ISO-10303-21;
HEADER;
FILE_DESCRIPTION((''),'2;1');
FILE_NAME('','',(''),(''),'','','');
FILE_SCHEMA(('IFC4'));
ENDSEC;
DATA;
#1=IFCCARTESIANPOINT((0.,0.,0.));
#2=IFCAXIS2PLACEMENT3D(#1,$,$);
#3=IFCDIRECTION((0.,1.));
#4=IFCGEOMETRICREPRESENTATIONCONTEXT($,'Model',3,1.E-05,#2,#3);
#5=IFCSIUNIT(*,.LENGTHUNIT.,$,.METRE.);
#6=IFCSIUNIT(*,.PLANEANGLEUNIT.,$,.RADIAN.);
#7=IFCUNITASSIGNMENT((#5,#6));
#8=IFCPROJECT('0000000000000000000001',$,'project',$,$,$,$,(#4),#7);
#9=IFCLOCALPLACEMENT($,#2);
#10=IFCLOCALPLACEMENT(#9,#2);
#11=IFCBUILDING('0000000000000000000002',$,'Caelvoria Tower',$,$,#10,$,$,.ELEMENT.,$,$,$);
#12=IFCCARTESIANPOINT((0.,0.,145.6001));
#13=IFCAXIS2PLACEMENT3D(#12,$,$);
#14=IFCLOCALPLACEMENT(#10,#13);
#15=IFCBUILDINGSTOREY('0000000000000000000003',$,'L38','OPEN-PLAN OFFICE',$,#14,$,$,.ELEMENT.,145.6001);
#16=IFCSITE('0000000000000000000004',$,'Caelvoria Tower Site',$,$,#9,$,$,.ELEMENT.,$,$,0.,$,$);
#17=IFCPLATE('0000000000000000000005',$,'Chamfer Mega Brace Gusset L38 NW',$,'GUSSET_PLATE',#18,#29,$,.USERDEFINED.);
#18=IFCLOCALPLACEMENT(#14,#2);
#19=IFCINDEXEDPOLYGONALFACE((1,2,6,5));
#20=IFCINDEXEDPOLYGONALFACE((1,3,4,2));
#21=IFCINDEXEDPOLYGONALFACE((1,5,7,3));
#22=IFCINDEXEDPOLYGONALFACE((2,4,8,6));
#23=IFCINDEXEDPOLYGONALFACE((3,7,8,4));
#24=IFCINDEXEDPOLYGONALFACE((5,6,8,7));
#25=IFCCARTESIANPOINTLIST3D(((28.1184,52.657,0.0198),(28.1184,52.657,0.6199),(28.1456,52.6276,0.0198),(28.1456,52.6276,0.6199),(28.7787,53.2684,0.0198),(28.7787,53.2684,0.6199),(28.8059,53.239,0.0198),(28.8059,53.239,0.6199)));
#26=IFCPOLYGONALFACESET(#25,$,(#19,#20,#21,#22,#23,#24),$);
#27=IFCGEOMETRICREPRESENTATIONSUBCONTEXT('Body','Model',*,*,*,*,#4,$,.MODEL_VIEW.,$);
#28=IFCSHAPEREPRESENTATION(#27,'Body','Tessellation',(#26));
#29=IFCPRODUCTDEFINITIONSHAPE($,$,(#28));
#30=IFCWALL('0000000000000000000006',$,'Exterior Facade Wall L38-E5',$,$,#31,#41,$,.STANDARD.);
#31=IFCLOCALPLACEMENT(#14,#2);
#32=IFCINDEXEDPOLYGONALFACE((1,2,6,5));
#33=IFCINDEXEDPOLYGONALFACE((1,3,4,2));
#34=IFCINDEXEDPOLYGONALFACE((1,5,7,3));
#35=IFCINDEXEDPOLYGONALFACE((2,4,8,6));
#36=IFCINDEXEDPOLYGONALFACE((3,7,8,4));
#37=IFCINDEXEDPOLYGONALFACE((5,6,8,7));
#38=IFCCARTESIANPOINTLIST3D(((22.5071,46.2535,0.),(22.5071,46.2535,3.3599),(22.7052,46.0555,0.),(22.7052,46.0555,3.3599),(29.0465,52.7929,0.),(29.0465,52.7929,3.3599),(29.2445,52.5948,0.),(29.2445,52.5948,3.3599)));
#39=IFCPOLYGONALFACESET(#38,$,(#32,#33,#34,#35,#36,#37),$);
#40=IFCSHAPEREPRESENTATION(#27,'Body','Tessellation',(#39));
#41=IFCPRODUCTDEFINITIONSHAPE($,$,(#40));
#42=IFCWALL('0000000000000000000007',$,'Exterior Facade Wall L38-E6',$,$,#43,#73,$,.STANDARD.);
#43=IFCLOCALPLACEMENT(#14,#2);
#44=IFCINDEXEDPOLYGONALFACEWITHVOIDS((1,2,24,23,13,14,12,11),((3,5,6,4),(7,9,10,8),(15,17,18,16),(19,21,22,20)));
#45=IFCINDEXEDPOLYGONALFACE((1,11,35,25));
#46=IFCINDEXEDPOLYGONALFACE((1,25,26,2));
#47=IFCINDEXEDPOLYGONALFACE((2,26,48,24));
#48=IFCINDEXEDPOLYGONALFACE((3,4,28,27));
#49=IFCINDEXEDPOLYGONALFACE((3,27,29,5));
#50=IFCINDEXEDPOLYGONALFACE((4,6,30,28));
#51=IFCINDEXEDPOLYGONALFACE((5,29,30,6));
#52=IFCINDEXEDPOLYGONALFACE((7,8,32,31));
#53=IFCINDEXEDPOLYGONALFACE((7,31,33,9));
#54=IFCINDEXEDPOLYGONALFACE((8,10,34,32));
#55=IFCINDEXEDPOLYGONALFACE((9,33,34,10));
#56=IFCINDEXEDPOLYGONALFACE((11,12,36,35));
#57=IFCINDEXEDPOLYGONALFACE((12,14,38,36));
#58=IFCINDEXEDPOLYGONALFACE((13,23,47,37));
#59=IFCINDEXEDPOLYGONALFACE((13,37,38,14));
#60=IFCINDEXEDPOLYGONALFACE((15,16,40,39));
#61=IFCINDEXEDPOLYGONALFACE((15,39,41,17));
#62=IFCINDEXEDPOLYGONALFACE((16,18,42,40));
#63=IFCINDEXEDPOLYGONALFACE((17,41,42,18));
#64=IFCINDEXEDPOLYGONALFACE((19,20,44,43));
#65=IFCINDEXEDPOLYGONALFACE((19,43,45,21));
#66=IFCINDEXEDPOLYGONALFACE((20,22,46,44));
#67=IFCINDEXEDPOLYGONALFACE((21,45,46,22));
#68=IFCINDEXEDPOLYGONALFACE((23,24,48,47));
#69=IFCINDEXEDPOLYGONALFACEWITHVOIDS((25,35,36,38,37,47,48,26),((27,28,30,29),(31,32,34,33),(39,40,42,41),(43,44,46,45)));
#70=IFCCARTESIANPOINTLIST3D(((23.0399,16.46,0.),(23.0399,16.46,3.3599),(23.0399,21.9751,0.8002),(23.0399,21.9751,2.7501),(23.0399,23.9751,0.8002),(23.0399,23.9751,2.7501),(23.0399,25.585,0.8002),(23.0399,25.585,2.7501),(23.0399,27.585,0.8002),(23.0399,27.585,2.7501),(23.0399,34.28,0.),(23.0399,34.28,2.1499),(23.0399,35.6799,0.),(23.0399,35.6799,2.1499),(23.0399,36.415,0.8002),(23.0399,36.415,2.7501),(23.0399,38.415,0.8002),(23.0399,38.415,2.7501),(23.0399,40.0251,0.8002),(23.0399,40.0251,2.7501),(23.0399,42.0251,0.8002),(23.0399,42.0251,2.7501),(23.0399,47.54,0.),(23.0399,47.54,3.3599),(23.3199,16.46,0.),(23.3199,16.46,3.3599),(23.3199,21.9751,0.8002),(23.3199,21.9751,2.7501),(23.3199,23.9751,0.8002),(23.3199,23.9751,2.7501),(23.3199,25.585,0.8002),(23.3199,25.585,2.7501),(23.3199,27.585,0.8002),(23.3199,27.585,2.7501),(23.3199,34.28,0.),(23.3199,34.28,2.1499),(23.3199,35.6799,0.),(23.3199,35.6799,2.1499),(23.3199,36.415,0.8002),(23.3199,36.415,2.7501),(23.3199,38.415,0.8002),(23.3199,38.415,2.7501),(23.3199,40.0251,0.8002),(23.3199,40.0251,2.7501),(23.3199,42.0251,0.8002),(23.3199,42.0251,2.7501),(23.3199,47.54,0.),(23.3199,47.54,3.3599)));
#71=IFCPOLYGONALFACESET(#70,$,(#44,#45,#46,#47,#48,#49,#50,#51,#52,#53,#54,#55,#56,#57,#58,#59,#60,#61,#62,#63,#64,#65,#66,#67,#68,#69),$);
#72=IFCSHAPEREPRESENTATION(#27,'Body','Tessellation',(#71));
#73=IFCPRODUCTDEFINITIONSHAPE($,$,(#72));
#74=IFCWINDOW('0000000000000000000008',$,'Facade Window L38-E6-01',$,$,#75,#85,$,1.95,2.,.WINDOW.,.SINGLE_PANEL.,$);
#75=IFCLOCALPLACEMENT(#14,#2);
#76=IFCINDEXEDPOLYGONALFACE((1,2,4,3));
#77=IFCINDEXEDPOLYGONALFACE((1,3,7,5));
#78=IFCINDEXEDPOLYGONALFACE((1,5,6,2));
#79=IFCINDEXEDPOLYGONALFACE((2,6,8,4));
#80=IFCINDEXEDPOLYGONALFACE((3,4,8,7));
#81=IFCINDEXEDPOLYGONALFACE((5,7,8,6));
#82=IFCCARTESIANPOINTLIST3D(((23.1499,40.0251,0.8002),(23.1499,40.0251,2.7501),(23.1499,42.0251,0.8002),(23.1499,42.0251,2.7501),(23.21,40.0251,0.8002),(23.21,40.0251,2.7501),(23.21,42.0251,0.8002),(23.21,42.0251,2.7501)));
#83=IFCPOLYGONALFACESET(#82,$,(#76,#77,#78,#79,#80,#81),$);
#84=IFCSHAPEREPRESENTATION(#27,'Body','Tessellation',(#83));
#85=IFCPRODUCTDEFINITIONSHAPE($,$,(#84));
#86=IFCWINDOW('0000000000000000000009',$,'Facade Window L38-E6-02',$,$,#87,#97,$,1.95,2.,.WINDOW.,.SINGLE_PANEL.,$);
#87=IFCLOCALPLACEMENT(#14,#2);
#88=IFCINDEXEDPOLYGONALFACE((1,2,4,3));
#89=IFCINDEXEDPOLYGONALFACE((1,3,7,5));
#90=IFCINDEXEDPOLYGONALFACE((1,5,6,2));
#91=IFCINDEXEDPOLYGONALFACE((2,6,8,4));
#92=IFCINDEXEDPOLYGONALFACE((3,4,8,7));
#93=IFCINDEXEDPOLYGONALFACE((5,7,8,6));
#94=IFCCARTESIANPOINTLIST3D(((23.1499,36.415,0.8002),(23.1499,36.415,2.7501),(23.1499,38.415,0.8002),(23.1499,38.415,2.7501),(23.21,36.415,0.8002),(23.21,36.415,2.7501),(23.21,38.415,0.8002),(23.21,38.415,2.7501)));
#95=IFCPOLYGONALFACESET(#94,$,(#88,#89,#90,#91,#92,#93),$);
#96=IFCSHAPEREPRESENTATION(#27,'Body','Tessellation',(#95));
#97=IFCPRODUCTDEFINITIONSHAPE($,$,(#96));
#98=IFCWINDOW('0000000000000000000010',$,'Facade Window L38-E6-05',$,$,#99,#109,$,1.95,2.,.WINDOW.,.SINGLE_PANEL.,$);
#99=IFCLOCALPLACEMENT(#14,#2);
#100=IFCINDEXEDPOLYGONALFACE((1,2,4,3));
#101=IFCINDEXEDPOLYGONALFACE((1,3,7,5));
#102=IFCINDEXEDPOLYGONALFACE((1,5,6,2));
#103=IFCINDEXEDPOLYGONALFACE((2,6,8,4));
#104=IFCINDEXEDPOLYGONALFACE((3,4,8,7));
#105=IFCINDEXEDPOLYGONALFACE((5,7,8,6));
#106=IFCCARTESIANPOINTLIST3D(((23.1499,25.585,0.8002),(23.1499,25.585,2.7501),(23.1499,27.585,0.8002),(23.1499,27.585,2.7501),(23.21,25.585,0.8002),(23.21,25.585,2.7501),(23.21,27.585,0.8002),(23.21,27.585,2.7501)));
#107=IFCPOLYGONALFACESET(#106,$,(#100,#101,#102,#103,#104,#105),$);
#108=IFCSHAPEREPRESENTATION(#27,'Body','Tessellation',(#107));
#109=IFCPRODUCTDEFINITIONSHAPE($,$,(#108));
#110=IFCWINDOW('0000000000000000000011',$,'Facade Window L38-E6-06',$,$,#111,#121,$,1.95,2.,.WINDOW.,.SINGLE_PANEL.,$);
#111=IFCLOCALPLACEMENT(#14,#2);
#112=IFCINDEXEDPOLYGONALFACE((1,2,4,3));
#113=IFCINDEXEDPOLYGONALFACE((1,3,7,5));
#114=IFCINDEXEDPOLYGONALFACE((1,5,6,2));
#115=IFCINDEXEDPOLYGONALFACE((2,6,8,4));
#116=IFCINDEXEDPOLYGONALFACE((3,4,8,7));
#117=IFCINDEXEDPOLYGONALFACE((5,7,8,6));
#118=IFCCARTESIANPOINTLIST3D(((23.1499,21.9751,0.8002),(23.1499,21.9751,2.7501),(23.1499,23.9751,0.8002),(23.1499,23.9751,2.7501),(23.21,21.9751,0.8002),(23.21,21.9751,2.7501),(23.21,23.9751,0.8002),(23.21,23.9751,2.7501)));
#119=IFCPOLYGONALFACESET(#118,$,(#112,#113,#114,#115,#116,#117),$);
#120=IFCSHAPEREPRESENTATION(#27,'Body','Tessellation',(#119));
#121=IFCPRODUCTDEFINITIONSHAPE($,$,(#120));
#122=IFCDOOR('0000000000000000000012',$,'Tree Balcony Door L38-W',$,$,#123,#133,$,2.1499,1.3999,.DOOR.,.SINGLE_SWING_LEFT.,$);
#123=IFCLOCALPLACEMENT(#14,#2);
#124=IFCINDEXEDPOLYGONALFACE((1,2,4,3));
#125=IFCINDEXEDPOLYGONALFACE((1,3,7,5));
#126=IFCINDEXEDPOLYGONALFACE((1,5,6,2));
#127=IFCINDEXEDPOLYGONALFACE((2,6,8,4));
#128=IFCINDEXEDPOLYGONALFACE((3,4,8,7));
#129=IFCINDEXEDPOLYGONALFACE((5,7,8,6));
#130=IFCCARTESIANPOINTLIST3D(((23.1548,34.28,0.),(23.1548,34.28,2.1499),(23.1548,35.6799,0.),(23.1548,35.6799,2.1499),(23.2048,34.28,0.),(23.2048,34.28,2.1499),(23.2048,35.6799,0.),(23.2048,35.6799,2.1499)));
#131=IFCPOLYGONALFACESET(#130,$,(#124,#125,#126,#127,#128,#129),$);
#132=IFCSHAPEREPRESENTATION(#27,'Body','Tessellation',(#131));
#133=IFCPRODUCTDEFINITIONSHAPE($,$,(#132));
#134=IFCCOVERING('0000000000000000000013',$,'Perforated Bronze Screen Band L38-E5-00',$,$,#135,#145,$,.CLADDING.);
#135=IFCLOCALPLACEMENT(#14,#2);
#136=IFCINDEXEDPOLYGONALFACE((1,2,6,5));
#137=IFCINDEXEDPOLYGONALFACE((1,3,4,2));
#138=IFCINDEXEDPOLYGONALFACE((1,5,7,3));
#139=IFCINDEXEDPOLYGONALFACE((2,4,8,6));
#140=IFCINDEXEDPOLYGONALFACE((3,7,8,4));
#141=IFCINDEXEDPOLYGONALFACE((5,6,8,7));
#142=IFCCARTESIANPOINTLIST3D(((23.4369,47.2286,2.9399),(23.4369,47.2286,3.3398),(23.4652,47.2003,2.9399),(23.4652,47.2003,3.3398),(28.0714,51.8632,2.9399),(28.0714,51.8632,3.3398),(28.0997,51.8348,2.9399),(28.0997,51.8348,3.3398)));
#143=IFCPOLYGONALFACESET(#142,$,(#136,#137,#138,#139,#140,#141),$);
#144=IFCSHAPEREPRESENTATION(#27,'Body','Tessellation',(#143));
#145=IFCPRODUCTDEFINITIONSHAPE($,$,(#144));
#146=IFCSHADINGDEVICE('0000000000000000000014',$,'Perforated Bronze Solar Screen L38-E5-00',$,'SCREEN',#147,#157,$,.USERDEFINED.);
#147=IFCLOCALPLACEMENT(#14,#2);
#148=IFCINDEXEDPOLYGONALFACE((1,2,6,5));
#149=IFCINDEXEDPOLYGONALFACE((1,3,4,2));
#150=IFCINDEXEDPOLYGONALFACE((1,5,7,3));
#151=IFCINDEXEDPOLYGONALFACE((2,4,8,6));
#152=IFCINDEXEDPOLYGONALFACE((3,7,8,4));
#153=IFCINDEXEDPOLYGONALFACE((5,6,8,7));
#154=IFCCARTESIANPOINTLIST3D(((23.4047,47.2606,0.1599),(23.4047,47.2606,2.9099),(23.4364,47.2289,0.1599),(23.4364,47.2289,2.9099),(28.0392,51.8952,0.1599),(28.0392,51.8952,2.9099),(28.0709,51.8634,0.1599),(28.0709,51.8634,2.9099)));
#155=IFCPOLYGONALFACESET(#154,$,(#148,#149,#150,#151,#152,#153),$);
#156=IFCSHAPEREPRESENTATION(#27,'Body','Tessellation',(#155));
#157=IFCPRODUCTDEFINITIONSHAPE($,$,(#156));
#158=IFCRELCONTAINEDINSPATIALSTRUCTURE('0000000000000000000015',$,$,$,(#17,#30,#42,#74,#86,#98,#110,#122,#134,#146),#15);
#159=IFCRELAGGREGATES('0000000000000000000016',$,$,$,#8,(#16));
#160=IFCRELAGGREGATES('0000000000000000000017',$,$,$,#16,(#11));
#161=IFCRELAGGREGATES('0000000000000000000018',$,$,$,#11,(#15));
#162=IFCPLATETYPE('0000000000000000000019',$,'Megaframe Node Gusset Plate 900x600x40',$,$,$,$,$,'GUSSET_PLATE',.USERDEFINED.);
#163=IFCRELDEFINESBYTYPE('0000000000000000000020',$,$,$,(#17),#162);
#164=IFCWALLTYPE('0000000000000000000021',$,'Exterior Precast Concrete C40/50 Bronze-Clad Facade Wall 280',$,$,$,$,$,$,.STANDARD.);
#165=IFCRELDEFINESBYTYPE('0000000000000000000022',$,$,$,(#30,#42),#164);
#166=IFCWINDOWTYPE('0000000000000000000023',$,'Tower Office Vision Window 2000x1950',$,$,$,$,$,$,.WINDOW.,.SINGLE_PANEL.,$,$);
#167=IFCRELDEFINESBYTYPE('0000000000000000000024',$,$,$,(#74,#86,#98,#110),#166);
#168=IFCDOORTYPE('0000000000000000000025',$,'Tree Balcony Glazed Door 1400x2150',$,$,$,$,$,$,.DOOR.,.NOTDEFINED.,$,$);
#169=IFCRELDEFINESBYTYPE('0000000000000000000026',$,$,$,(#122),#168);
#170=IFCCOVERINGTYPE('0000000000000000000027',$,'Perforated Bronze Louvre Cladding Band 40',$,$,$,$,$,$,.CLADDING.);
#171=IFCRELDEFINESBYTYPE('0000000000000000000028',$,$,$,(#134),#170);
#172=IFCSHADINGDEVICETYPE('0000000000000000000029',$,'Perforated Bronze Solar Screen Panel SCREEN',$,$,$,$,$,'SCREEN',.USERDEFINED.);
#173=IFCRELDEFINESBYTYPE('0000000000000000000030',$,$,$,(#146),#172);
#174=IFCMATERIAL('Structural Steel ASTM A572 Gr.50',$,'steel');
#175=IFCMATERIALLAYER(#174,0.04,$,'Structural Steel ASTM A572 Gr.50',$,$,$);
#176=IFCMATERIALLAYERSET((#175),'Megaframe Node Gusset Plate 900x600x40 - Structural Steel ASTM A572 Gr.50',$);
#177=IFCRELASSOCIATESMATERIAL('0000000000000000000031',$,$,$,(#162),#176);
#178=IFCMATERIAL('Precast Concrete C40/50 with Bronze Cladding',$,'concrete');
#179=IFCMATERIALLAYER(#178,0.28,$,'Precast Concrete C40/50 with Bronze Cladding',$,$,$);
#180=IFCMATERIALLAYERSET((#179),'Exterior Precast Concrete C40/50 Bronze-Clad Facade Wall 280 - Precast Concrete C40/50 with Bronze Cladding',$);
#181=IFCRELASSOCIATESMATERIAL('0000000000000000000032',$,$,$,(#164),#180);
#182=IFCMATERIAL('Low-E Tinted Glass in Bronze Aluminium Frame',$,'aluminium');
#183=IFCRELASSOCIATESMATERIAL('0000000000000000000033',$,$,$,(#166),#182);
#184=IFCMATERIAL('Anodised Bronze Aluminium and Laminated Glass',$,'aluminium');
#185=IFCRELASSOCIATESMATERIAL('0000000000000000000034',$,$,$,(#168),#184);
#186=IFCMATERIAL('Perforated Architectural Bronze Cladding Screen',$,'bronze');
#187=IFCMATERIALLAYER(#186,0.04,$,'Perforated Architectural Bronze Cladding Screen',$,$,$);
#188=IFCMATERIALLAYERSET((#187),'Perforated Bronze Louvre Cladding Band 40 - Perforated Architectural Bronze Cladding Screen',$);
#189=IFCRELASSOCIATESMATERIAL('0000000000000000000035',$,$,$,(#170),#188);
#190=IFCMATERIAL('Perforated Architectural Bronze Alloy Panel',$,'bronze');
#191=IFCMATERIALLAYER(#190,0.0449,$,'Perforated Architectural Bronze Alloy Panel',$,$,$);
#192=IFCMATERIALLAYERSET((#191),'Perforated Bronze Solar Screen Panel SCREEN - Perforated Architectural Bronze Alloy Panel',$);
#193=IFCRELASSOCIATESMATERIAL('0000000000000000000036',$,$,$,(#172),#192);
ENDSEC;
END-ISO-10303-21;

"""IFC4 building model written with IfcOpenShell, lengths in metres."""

from ifc_helpers import new_model, si_unit, direction, frame, frame_2d, origin, origin_2d, place, context, subcontext, project, spatial, rectangle, extrude, material, layer, layer_set, type_object, element, fill, save


model = new_model("IFC4")

# Units and contexts
model_context = context("Model", 3, precision=1e-05, world=origin(), true_north=direction((0.0, 1.0)))
body_context = subcontext(model_context, "Body", "Model", "MODEL_VIEW")
ifc_project = project(units=[si_unit("LENGTHUNIT", "METRE"), si_unit("PLANEANGLEUNIT", "RADIAN")], contexts=[model_context])

# Site, building, storey
site_placement = place(None, origin())
site = spatial("IfcSite", under=ifc_project, at=site_placement, Name="Caelvoria Tower Site", CompositionType="ELEMENT", RefElevation=0.0)
building_placement = place(site_placement, origin())
building = spatial("IfcBuilding", under=site, at=building_placement, Name="Caelvoria Tower", CompositionType="ELEMENT")
storey_placement = place(building_placement, frame((0.0, 0.0, 145.6001)))
storey = spatial("IfcBuildingStorey", under=building, at=storey_placement, Name="L38", Description="OPEN-PLAN OFFICE", CompositionType="ELEMENT", Elevation=145.6001)

# Shared definitions
ifc_material_1 = material(Name="Structural Steel ASTM A572 Gr.50", Category="steel")

# Plate
ifc_layer_1 = layer(ifc_material_1, 0.04, Name="Structural Steel ASTM A572 Gr.50")
ifc_layer_set_1 = layer_set([ifc_layer_1], Name="Megaframe Node Gusset Plate 900x600x40 - Structural Steel ASTM A572 Gr.50")
plate_type = type_object("IfcPlateType", Name="Megaframe Node Gusset Plate 900x600x40", ElementType="GUSSET_PLATE", PredefinedType="USERDEFINED", material=ifc_layer_set_1)
plate_placement = place(storey_placement, frame((28.4622, 52.948, 0.0198), z_axis=(0.0, 0.0, 1.0), x_axis=(-0.733795, -0.679371, 0.0)))
element("IfcPlate", 1, at=plate_placement, inside=storey, type_object=plate_type, Name="Chamfer Mega Brace Gusset L38 NW", ObjectType="GUSSET_PLATE", PredefinedType="USERDEFINED", context=body_context, shape_type="SweptSolid", body=[
    extrude(rectangle(XDim=0.8999, YDim=0.04, at=origin_2d()), origin(), (0.0, 0.0, 1.0), 0.6001),
])

# Wall
ifc_material_2 = material(Name="Precast Concrete C40/50 with Bronze Cladding", Category="concrete")
ifc_layer_2 = layer(ifc_material_2, 0.28, Name="Precast Concrete C40/50 with Bronze Cladding")
ifc_layer_set_2 = layer_set([ifc_layer_2], Name="Exterior Precast Concrete C40/50 Bronze-Clad Facade Wall 280 - Precast Concrete C40/50 with Bronze Cladding")
wall_type = type_object("IfcWallType", Name="Exterior Precast Concrete C40/50 Bronze-Clad Facade Wall 280", PredefinedType="STANDARD", material=ifc_layer_set_2)
wall_1_placement = place(storey_placement, frame((29.1455, 52.6938, 0.0), z_axis=(0.0, 0.0, 1.0), x_axis=(-0.707107, -0.707107, 0.0)))
element("IfcWall", 2, at=wall_1_placement, inside=storey, type_object=wall_type, Name="Exterior Facade Wall L38-E5", PredefinedType="STANDARD", context=body_context, shape_type="SweptSolid", body=[
    extrude(rectangle(XDim=9.248, YDim=0.28, at=frame_2d((4.624, 0.0))), origin(), (0.0, 0.0, 1.0), 3.3599),
])

# Wall, openings, windows, door
wall_2_placement = place(storey_placement, frame((23.1799, 47.54, 0.0), z_axis=(0.0, 0.0, 1.0), x_axis=(0.0, -1.0, 0.0)))
wall_2 = element("IfcWall", 3, at=wall_2_placement, inside=storey, type_object=wall_type, Name="Exterior Facade Wall L38-E6", PredefinedType="STANDARD", context=body_context, shape_type="SweptSolid", body=[
    extrude(rectangle(XDim=31.0801, YDim=0.28, at=frame_2d((15.54, 0.0))), origin(), (0.0, 0.0, 1.0), 3.3599),
])
opening_1_placement = place(wall_2_placement, frame((11.8601, 0.0, 0.0)))
opening_1 = element("IfcOpeningElement", 4, at=opening_1_placement, cuts=wall_2, PredefinedType="OPENING", context=body_context, shape_type="SweptSolid", body=[
    extrude(rectangle(XDim=1.3999, YDim=2.1499, at=frame_2d((0.7, 1.075))), frame((0.0, 0.1499, 0.0), z_axis=(0.0, -1.0, 0.0), x_axis=(1.0, 0.0, 0.0)), (0.0, 0.0, 1.0), 0.3),
])
opening_2_placement = place(wall_2_placement, frame((5.5149, 0.0, 0.8)))
opening_2 = element("IfcOpeningElement", 5, at=opening_2_placement, cuts=wall_2, PredefinedType="OPENING", context=body_context, shape_type="SweptSolid", body=[
    extrude(rectangle(XDim=2.0, YDim=1.95, at=frame_2d((1.0, 0.9751))), frame((0.0, 0.1499, 0.0), z_axis=(0.0, -1.0, 0.0), x_axis=(1.0, 0.0, 0.0)), (0.0, 0.0, 1.0), 0.3),
])
opening_3_placement = place(wall_2_placement, frame((9.125, 0.0, 0.8)))
opening_3 = element("IfcOpeningElement", 6, at=opening_3_placement, cuts=wall_2, PredefinedType="OPENING", context=body_context, shape_type="SweptSolid", body=[
    extrude(rectangle(XDim=2.0, YDim=1.95, at=frame_2d((1.0, 0.9751))), frame((0.0, 0.1499, 0.0), z_axis=(0.0, -1.0, 0.0), x_axis=(1.0, 0.0, 0.0)), (0.0, 0.0, 1.0), 0.3),
])
opening_4_placement = place(wall_2_placement, frame((19.9551, 0.0, 0.8)))
opening_4 = element("IfcOpeningElement", 7, at=opening_4_placement, cuts=wall_2, PredefinedType="OPENING", context=body_context, shape_type="SweptSolid", body=[
    extrude(rectangle(XDim=2.0, YDim=1.95, at=frame_2d((1.0, 0.9751))), frame((0.0, 0.1499, 0.0), z_axis=(0.0, -1.0, 0.0), x_axis=(1.0, 0.0, 0.0)), (0.0, 0.0, 1.0), 0.3),
])
opening_5_placement = place(wall_2_placement, frame((23.5649, 0.0, 0.8)))
opening_5 = element("IfcOpeningElement", 8, at=opening_5_placement, cuts=wall_2, PredefinedType="OPENING", context=body_context, shape_type="SweptSolid", body=[
    extrude(rectangle(XDim=2.0, YDim=1.95, at=frame_2d((1.0, 0.9751))), frame((0.0, 0.1499, 0.0), z_axis=(0.0, -1.0, 0.0), x_axis=(1.0, 0.0, 0.0)), (0.0, 0.0, 1.0), 0.3),
])
ifc_material_3 = material(Name="Low-E Tinted Glass in Bronze Aluminium Frame", Category="aluminium")
window_type = type_object("IfcWindowType", Name="Tower Office Vision Window 2000x1950", PartitioningType="SINGLE_PANEL", PredefinedType="WINDOW", material=ifc_material_3)
window_1_placement = place(opening_2_placement, origin())
window_1 = element("IfcWindow", 9, at=window_1_placement, inside=storey, type_object=window_type, Name="Facade Window L38-E6-01", OverallHeight=1.95, OverallWidth=2.0, PartitioningType="SINGLE_PANEL", PredefinedType="WINDOW", context=body_context, shape_type="SweptSolid", body=[
    extrude(rectangle(XDim=2.0, YDim=1.95, at=frame_2d((1.0, 0.9751))), frame((0.0, 0.03, 0.0), z_axis=(0.0, -1.0, 0.0), x_axis=(1.0, 0.0, 0.0)), (0.0, 0.0, 1.0), 0.0601),
])
fill(opening_2, window_1)
window_2_placement = place(opening_3_placement, origin())
window_2 = element("IfcWindow", 10, at=window_2_placement, inside=storey, type_object=window_type, Name="Facade Window L38-E6-02", OverallHeight=1.95, OverallWidth=2.0, PartitioningType="SINGLE_PANEL", PredefinedType="WINDOW", context=body_context, shape_type="SweptSolid", body=[
    extrude(rectangle(XDim=2.0, YDim=1.95, at=frame_2d((1.0, 0.9751))), frame((0.0, 0.03, 0.0), z_axis=(0.0, -1.0, 0.0), x_axis=(1.0, 0.0, 0.0)), (0.0, 0.0, 1.0), 0.0601),
])
fill(opening_3, window_2)
window_3_placement = place(opening_4_placement, origin())
window_3 = element("IfcWindow", 11, at=window_3_placement, inside=storey, type_object=window_type, Name="Facade Window L38-E6-05", OverallHeight=1.95, OverallWidth=2.0, PartitioningType="SINGLE_PANEL", PredefinedType="WINDOW", context=body_context, shape_type="SweptSolid", body=[
    extrude(rectangle(XDim=2.0, YDim=1.95, at=frame_2d((1.0, 0.9751))), frame((0.0, 0.03, 0.0), z_axis=(0.0, -1.0, 0.0), x_axis=(1.0, 0.0, 0.0)), (0.0, 0.0, 1.0), 0.0601),
])
fill(opening_4, window_3)
window_4_placement = place(opening_5_placement, origin())
window_4 = element("IfcWindow", 12, at=window_4_placement, inside=storey, type_object=window_type, Name="Facade Window L38-E6-06", OverallHeight=1.95, OverallWidth=2.0, PartitioningType="SINGLE_PANEL", PredefinedType="WINDOW", context=body_context, shape_type="SweptSolid", body=[
    extrude(rectangle(XDim=2.0, YDim=1.95, at=frame_2d((1.0, 0.9751))), frame((0.0, 0.03, 0.0), z_axis=(0.0, -1.0, 0.0), x_axis=(1.0, 0.0, 0.0)), (0.0, 0.0, 1.0), 0.0601),
])
fill(opening_5, window_4)
ifc_material_4 = material(Name="Anodised Bronze Aluminium and Laminated Glass", Category="aluminium")
door_type = type_object("IfcDoorType", Name="Tree Balcony Glazed Door 1400x2150", OperationType="NOTDEFINED", PredefinedType="DOOR", material=ifc_material_4)
door_placement = place(opening_1_placement, origin())
door = element("IfcDoor", 13, at=door_placement, inside=storey, type_object=door_type, Name="Tree Balcony Door L38-W", OperationType="SINGLE_SWING_LEFT", OverallHeight=2.1499, OverallWidth=1.3999, PredefinedType="DOOR", context=body_context, shape_type="SweptSolid", body=[
    extrude(rectangle(XDim=1.3999, YDim=2.1499, at=frame_2d((0.7, 1.075))), frame((0.0, 0.0249, 0.0), z_axis=(0.0, -1.0, 0.0), x_axis=(1.0, 0.0, 0.0)), (0.0, 0.0, 1.0), 0.05),
])
fill(opening_1, door)

# Covering
ifc_material_5 = material(Name="Perforated Architectural Bronze Cladding Screen", Category="bronze")
ifc_layer_3 = layer(ifc_material_5, 0.04, Name="Perforated Architectural Bronze Cladding Screen")
ifc_layer_set_3 = layer_set([ifc_layer_3], Name="Perforated Bronze Louvre Cladding Band 40 - Perforated Architectural Bronze Cladding Screen")
covering_type = type_object("IfcCoveringType", Name="Perforated Bronze Louvre Cladding Band 40", PredefinedType="CLADDING", material=ifc_layer_set_3)
covering_placement = place(storey_placement, frame((25.7683, 49.5317, 2.9399), z_axis=(0.0, 0.0, 1.0), x_axis=(-0.707107, -0.707107, 0.0)))
element("IfcCovering", 14, at=covering_placement, inside=storey, type_object=covering_type, Name="Perforated Bronze Screen Band L38-E5-00", PredefinedType="CLADDING", context=body_context, shape_type="SweptSolid", body=[
    extrude(rectangle(XDim=6.5542, YDim=0.04, at=origin_2d()), origin(), (0.0, 0.0, 1.0), 0.3999),
])

# Shading device
ifc_material_6 = material(Name="Perforated Architectural Bronze Alloy Panel", Category="bronze")
ifc_layer_4 = layer(ifc_material_6, 0.0449, Name="Perforated Architectural Bronze Alloy Panel")
ifc_layer_set_4 = layer_set([ifc_layer_4], Name="Perforated Bronze Solar Screen Panel SCREEN - Perforated Architectural Bronze Alloy Panel")
shading_device_type = type_object("IfcShadingDeviceType", Name="Perforated Bronze Solar Screen Panel SCREEN", ElementType="SCREEN", PredefinedType="USERDEFINED", material=ifc_layer_set_4)
shading_device_placement = place(storey_placement, frame((25.7378, 49.562, 0.1599), z_axis=(0.0, 0.0, 1.0), x_axis=(-0.707107, -0.707107, 0.0)))
element("IfcShadingDevice", 15, at=shading_device_placement, inside=storey, type_object=shading_device_type, Name="Perforated Bronze Solar Screen L38-E5-00", ObjectType="SCREEN", PredefinedType="USERDEFINED", context=body_context, shape_type="SweptSolid", body=[
    extrude(rectangle(XDim=6.5542, YDim=0.0449, at=origin_2d()), origin(), (0.0, 0.0, 1.0), 2.75),
])

save(model, "model.ifc")
